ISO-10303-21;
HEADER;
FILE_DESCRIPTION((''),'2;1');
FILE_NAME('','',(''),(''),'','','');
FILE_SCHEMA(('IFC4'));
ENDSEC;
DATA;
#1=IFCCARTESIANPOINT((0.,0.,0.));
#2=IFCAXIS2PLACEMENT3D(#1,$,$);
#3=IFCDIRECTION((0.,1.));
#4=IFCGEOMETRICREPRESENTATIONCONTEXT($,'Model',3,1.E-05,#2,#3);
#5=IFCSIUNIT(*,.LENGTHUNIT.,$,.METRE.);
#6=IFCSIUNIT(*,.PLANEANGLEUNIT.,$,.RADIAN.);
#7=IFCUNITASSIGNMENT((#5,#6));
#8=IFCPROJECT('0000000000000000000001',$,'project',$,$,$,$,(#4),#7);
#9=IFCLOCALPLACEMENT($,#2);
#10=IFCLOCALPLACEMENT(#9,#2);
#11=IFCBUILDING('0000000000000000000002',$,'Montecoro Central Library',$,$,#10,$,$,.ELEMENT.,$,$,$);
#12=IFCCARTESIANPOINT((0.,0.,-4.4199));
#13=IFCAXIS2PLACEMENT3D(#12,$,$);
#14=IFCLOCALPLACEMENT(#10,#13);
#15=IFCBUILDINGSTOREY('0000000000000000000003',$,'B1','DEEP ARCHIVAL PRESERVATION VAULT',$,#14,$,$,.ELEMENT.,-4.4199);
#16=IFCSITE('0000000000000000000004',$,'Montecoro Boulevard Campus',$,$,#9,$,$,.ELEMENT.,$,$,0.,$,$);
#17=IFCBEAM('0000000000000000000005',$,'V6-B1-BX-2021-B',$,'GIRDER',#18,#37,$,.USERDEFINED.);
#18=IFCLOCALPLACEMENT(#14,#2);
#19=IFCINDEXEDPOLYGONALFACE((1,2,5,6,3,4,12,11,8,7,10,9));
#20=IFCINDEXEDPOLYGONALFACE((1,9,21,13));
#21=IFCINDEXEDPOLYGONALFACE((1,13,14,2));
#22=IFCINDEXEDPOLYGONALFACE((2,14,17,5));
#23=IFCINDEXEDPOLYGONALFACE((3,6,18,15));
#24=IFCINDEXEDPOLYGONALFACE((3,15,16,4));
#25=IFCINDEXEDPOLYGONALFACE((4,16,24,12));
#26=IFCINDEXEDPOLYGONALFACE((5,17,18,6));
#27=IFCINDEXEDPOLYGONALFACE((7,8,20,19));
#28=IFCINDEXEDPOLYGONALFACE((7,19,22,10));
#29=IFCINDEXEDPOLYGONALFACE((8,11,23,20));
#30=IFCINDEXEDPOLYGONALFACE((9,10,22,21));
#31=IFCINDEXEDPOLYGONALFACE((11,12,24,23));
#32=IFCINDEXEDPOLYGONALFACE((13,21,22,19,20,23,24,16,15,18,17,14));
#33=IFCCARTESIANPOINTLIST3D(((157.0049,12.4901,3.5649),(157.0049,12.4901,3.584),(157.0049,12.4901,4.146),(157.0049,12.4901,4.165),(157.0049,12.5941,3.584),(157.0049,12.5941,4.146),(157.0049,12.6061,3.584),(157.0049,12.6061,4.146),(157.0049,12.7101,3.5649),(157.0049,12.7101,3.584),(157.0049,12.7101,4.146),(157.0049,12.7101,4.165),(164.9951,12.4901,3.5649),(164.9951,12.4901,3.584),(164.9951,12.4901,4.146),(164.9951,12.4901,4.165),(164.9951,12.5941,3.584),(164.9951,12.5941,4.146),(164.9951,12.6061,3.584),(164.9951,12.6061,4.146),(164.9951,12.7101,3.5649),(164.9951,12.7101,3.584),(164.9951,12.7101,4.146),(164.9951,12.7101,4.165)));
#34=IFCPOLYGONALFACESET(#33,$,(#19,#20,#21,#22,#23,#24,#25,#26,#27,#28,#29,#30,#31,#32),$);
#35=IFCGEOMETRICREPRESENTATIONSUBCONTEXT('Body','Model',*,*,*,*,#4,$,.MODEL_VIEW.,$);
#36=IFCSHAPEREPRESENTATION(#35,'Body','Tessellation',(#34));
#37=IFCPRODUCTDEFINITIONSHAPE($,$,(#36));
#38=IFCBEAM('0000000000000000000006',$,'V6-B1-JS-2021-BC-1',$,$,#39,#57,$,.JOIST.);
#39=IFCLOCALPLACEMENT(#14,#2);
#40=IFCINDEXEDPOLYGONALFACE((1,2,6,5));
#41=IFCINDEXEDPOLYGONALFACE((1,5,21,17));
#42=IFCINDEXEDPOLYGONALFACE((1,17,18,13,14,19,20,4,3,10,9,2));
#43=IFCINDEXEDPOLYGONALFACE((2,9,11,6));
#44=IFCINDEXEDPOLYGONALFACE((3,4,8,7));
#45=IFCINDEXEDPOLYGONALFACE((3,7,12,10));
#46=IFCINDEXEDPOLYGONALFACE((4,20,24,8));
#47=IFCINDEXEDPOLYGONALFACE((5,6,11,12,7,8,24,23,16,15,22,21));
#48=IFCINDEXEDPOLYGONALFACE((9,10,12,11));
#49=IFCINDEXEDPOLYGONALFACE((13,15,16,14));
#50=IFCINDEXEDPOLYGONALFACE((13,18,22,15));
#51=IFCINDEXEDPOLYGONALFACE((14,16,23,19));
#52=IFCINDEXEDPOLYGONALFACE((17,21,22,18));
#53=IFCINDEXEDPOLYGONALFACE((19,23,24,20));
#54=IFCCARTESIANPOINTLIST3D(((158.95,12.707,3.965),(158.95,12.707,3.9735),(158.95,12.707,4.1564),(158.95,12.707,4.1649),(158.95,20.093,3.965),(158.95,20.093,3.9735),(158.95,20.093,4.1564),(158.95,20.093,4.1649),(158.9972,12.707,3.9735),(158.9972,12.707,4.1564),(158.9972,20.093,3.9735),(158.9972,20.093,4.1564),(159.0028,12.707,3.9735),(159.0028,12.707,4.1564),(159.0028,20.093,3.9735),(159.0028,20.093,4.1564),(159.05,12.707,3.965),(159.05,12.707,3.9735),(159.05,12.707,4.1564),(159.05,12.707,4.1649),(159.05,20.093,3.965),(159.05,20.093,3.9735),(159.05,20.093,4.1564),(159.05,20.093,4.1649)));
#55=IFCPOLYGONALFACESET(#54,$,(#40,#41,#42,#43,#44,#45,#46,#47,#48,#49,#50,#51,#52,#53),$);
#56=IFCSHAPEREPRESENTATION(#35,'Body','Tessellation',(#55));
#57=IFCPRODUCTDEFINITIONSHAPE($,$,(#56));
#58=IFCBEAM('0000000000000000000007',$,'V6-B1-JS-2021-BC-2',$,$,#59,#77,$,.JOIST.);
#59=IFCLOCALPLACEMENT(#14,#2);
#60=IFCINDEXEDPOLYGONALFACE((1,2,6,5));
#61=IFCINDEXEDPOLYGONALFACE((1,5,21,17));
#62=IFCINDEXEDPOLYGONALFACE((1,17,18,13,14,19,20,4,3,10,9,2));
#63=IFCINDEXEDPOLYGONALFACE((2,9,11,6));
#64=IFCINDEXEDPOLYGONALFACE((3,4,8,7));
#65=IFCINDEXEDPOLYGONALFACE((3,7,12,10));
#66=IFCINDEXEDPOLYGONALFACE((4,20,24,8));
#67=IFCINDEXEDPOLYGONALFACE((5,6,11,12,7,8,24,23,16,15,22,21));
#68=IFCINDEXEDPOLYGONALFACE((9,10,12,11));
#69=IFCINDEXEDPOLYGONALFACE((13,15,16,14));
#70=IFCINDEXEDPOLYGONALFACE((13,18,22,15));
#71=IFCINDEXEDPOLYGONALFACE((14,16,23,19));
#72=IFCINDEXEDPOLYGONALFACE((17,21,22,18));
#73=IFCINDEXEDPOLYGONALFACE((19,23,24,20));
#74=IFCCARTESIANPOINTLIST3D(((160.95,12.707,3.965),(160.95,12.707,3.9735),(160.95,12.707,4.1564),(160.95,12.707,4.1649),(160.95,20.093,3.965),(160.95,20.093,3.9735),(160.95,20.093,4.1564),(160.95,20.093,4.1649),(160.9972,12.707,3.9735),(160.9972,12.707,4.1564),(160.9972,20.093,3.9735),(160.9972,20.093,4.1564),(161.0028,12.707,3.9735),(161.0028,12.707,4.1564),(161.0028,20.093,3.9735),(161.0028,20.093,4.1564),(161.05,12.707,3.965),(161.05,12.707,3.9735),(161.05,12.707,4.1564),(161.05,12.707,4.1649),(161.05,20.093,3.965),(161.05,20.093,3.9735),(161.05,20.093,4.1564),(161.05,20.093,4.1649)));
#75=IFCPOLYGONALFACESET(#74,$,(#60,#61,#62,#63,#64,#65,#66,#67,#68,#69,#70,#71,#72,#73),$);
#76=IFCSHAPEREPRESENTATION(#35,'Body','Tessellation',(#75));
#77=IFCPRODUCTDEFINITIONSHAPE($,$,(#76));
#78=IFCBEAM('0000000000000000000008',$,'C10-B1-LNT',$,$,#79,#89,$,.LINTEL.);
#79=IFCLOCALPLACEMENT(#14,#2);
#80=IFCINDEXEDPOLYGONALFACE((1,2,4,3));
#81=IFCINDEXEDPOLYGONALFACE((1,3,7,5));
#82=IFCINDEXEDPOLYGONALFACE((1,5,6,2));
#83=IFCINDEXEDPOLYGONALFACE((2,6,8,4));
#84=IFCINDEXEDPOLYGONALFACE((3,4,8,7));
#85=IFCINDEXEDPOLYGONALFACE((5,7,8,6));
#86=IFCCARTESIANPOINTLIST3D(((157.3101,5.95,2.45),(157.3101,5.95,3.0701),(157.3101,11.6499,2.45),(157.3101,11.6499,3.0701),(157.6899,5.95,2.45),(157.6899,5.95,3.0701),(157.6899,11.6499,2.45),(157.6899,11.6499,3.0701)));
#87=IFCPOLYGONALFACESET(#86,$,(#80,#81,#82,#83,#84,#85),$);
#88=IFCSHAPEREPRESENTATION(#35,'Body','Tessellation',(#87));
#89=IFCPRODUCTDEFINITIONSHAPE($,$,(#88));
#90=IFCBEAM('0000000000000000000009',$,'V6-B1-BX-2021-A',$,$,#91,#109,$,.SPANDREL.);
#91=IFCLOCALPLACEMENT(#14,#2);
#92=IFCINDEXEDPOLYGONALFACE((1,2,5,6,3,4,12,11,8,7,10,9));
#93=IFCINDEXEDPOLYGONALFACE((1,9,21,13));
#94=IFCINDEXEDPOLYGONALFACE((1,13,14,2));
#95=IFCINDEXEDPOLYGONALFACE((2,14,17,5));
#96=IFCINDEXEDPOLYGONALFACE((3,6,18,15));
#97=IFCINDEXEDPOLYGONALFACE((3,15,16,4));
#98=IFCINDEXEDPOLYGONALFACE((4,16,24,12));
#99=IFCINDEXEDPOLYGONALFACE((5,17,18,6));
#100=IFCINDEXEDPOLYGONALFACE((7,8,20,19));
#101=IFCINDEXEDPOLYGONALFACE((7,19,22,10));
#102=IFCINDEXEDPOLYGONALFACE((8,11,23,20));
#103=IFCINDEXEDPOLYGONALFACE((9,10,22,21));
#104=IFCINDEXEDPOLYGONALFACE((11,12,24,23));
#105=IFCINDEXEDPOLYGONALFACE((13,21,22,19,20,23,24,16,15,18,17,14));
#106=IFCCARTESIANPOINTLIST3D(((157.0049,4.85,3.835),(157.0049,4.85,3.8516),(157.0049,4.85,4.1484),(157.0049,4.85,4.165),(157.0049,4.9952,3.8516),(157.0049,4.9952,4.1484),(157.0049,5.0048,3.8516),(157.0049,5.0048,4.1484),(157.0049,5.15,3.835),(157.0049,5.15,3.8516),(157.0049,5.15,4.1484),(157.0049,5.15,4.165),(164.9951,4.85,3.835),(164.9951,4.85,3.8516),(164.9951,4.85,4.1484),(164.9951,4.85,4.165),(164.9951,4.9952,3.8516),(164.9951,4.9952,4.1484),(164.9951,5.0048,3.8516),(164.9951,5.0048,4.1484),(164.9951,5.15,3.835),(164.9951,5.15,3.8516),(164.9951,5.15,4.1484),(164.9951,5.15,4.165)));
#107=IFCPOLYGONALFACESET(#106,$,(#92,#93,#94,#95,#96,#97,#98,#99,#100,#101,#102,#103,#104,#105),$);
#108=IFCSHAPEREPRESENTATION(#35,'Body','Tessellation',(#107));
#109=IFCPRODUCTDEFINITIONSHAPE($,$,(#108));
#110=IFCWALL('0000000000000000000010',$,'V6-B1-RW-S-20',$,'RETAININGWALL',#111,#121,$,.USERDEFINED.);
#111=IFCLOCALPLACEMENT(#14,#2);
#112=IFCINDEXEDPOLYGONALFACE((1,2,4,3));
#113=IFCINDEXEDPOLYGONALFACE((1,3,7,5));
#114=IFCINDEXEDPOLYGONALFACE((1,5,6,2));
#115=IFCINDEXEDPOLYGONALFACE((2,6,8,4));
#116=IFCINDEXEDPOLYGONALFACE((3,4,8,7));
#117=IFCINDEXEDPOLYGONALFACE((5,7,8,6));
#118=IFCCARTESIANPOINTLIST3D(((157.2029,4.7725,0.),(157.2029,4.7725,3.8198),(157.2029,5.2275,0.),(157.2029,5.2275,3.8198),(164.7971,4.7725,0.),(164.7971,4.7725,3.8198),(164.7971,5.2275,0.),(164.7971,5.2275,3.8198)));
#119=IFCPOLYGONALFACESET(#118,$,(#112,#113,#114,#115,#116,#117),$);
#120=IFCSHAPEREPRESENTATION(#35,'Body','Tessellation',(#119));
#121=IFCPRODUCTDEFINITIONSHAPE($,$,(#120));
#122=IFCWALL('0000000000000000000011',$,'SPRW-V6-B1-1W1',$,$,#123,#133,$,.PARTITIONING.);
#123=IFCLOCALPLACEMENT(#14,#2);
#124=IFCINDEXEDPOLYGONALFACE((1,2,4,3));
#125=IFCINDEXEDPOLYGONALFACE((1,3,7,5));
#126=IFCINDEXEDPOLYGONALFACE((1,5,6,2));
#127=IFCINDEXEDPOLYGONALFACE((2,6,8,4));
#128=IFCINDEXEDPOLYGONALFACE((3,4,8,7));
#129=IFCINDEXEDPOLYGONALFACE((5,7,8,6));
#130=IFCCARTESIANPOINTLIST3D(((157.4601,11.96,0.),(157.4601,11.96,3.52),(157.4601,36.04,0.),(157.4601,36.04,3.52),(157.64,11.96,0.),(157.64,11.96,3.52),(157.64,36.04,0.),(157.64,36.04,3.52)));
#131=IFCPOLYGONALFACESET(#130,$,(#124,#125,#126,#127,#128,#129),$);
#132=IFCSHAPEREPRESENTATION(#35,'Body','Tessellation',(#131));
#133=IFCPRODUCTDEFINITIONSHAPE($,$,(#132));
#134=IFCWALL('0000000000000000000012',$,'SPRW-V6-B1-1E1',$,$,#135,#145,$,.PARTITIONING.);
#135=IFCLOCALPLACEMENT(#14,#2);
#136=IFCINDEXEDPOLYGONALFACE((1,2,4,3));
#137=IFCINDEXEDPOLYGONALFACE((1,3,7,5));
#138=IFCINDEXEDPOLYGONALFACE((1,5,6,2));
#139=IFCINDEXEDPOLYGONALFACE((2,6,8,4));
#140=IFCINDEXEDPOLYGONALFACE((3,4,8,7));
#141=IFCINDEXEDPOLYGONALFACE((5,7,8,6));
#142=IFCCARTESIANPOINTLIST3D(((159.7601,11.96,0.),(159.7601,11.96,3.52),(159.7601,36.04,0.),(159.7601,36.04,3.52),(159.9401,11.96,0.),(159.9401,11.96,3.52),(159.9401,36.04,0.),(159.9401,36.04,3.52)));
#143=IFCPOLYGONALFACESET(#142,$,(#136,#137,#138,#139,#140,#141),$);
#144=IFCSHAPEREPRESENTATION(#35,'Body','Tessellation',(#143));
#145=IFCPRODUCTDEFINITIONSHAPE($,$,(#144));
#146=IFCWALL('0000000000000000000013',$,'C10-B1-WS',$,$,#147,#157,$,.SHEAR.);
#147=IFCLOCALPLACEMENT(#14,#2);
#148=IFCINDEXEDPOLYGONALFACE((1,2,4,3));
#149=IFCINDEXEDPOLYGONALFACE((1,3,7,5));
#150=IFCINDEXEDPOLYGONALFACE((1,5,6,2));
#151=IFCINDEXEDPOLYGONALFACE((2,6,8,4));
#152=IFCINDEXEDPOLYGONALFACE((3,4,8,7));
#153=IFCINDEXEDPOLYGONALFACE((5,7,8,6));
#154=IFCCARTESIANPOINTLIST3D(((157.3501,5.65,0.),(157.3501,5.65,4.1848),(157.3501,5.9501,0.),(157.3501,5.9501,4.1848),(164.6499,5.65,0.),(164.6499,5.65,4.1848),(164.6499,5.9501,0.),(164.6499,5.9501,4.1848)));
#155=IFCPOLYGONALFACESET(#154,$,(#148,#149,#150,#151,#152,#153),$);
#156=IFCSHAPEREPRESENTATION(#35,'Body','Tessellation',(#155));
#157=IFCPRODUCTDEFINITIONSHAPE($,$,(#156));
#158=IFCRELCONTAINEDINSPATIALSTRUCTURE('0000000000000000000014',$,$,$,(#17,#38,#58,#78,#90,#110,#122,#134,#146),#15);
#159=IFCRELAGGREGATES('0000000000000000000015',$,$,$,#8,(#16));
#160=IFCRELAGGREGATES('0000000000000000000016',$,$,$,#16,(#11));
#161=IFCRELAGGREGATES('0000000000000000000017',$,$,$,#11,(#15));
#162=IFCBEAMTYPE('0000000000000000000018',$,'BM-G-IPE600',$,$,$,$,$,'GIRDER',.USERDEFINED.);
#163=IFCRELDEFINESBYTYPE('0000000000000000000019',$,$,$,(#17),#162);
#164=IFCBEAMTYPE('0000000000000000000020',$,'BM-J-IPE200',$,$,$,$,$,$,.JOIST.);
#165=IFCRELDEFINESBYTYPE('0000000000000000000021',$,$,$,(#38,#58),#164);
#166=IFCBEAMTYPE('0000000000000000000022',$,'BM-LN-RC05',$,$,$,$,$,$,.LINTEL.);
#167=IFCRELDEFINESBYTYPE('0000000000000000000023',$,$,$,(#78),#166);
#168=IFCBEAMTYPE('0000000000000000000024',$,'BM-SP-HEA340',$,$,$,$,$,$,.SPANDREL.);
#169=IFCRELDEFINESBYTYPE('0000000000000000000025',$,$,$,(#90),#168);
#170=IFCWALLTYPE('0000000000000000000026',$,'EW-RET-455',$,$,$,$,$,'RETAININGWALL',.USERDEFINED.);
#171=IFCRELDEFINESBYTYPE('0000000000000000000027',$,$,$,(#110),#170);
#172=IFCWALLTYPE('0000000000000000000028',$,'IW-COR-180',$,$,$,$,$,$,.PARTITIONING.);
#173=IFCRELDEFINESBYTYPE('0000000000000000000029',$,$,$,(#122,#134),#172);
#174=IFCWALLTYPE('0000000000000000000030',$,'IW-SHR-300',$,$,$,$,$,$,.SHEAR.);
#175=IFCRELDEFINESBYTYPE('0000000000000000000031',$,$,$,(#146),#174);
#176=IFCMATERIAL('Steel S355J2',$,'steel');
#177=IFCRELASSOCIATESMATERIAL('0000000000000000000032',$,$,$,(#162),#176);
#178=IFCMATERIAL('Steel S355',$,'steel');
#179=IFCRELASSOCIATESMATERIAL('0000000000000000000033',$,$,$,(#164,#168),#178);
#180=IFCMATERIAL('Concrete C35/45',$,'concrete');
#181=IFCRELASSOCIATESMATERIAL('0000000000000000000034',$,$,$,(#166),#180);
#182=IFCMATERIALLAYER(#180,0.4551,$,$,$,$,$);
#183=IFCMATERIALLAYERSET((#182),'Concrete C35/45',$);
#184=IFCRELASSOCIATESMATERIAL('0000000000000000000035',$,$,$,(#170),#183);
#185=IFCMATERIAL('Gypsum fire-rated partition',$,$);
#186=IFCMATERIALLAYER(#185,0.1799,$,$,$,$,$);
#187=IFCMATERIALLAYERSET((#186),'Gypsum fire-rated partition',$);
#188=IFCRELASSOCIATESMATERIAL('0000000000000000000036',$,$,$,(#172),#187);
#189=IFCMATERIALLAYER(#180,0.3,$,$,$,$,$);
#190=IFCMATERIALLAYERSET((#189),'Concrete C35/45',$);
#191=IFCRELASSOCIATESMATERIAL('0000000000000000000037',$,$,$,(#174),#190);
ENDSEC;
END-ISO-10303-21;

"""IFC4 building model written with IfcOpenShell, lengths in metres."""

from ifc_helpers import new_model, si_unit, direction, frame, frame_2d, origin, origin_2d, place, context, subcontext, project, spatial, rectangle, i_section, extrude, material, layer, layer_set, material_profile, profile_set, type_object, element, save


model = new_model("IFC4")

# Units and contexts
model_context = context("Model", 3, precision=1e-05, world=origin(), true_north=direction((0.0, 1.0)))
body_context = subcontext(model_context, "Body", "Model", "MODEL_VIEW")
ifc_project = project(units=[si_unit("LENGTHUNIT", "METRE"), si_unit("PLANEANGLEUNIT", "RADIAN")], contexts=[model_context])

# Site, building, storey
site_placement = place(None, origin())
site = spatial("IfcSite", under=ifc_project, at=site_placement, Name="Montecoro Boulevard Campus", CompositionType="ELEMENT", RefElevation=0.0)
building_placement = place(site_placement, origin())
building = spatial("IfcBuilding", under=site, at=building_placement, Name="Montecoro Central Library", CompositionType="ELEMENT")
storey_placement = place(building_placement, frame((0.0, 0.0, -4.4199)))
storey = spatial("IfcBuildingStorey", under=building, at=storey_placement, Name="B1", Description="DEEP ARCHIVAL PRESERVATION VAULT", CompositionType="ELEMENT", Elevation=-4.4199)

# Shared definitions
ifc_material_1 = material(Name="Concrete C35/45", Category="concrete")

# Shared definitions
ifc_material_2 = material(Name="Steel S355J2", Category="steel")

# Beams
ifc_material_profile_1 = material_profile(ifc_material_2, i_section(OverallWidth=0.22, OverallDepth=0.6001, WebThickness=0.012, FlangeThickness=0.019, at=origin_2d()), Name="IPE 600")
ifc_profile_set_1 = profile_set([ifc_material_profile_1], Name="Steel S355J2")
beam_type_1 = type_object("IfcBeamType", Name="BM-G-IPE600", ElementType="GIRDER", PredefinedType="USERDEFINED", material=ifc_profile_set_1)
beam_1_placement = place(storey_placement, frame((157.0049, 12.6001, 3.865), z_axis=(1.0, 0.0, 0.0), x_axis=(0.0, 1.0, 0.0)))
element("IfcBeam", 1, at=beam_1_placement, inside=storey, type_object=beam_type_1, Name="V6-B1-BX-2021-B", ObjectType="GIRDER", PredefinedType="USERDEFINED", context=body_context, shape_type="SweptSolid", body=[
    extrude(i_section(OverallWidth=0.22, OverallDepth=0.6001, WebThickness=0.012, FlangeThickness=0.019, at=origin_2d()), origin(), (0.0, 0.0, 1.0), 7.9902),
])
ifc_material_3 = material(Name="Steel S355", Category="steel")
ifc_material_profile_2 = material_profile(ifc_material_3, i_section(OverallWidth=0.1001, OverallDepth=0.2, WebThickness=0.0056, FlangeThickness=0.0085, at=origin_2d()), Name="IPE 200")
ifc_profile_set_2 = profile_set([ifc_material_profile_2], Name="Steel S355")
beam_type_2 = type_object("IfcBeamType", Name="BM-J-IPE200", PredefinedType="JOIST", material=ifc_profile_set_2)
for number, where, z_axis, x_axis, name in (
    (2, (159.0, 12.707, 4.0649), (0.0, 1.0, 0.0), (-1.0, 0.0, 0.0), "V6-B1-JS-2021-BC-1"),
    (3, (161.0, 12.707, 4.0649), (0.0, 1.0, 0.0), (-1.0, 0.0, 0.0), "V6-B1-JS-2021-BC-2"),
):
    element("IfcBeam", number, at=place(storey_placement, frame(where, z_axis=z_axis, x_axis=x_axis)), inside=storey, type_object=beam_type_2, Name=name, PredefinedType="JOIST", context=body_context, shape_type="SweptSolid", body=[
        extrude(i_section(OverallWidth=0.1001, OverallDepth=0.2, WebThickness=0.0056, FlangeThickness=0.0085, at=origin_2d()), origin(), (0.0, 0.0, 1.0), 7.386),
    ])
ifc_material_profile_3 = material_profile(ifc_material_1, rectangle(XDim=0.3799, YDim=0.6201, at=origin_2d()), Name="RC LNT 620x380")
ifc_profile_set_3 = profile_set([ifc_material_profile_3], Name="Concrete C35/45")
beam_type_3 = type_object("IfcBeamType", Name="BM-LN-RC05", PredefinedType="LINTEL", material=ifc_profile_set_3)
beam_2_placement = place(storey_placement, frame((157.5, 5.95, 2.76), z_axis=(0.0, 1.0, 0.0), x_axis=(-1.0, 0.0, 0.0)))
element("IfcBeam", 4, at=beam_2_placement, inside=storey, type_object=beam_type_3, Name="C10-B1-LNT", PredefinedType="LINTEL", context=body_context, shape_type="SweptSolid", body=[
    extrude(rectangle(XDim=0.3799, YDim=0.6201, at=origin_2d()), origin(), (0.0, 0.0, 1.0), 5.7),
])
ifc_material_profile_4 = material_profile(ifc_material_3, i_section(OverallWidth=0.3, OverallDepth=0.3301, WebThickness=0.0095, FlangeThickness=0.0166, at=origin_2d()), Name="HEA 340")
ifc_profile_set_4 = profile_set([ifc_material_profile_4], Name="Steel S355")
beam_type_4 = type_object("IfcBeamType", Name="BM-SP-HEA340", PredefinedType="SPANDREL", material=ifc_profile_set_4)
beam_3_placement = place(storey_placement, frame((157.0049, 5.0, 4.0), z_axis=(1.0, 0.0, 0.0), x_axis=(0.0, 1.0, 0.0)))
element("IfcBeam", 5, at=beam_3_placement, inside=storey, type_object=beam_type_4, Name="V6-B1-BX-2021-A", PredefinedType="SPANDREL", context=body_context, shape_type="SweptSolid", body=[
    extrude(i_section(OverallWidth=0.3, OverallDepth=0.3301, WebThickness=0.0095, FlangeThickness=0.0166, at=origin_2d()), origin(), (0.0, 0.0, 1.0), 7.9902),
])

# Walls
ifc_layer_1 = layer(ifc_material_1, 0.4551)
ifc_layer_set_1 = layer_set([ifc_layer_1], Name="Concrete C35/45")
wall_type_1 = type_object("IfcWallType", Name="EW-RET-455", ElementType="RETAININGWALL", PredefinedType="USERDEFINED", material=ifc_layer_set_1)
wall_1_placement = place(storey_placement, frame((157.2029, 5.0, 0.0), z_axis=(0.0, 0.0, 1.0), x_axis=(1.0, 0.0, 0.0)))
element("IfcWall", 6, at=wall_1_placement, inside=storey, type_object=wall_type_1, Name="V6-B1-RW-S-20", ObjectType="RETAININGWALL", PredefinedType="USERDEFINED", context=body_context, shape_type="SweptSolid", body=[
    extrude(rectangle(XDim=7.5942, YDim=0.4551, at=frame_2d((3.7971, 0.0))), origin(), (0.0, 0.0, 1.0), 3.8198),
])
ifc_material_4 = material(Name="Gypsum fire-rated partition")
ifc_layer_2 = layer(ifc_material_4, 0.1799)
ifc_layer_set_2 = layer_set([ifc_layer_2], Name="Gypsum fire-rated partition")
wall_type_2 = type_object("IfcWallType", Name="IW-COR-180", PredefinedType="PARTITIONING", material=ifc_layer_set_2)
for number, where, z_axis, x_axis, name in (
    (7, (157.55, 11.96, 0.0), (0.0, 0.0, 1.0), (0.0, 1.0, 0.0), "SPRW-V6-B1-1W1"),
    (8, (159.8501, 11.96, 0.0), (0.0, 0.0, 1.0), (0.0, 1.0, 0.0), "SPRW-V6-B1-1E1"),
):
    element("IfcWall", number, at=place(storey_placement, frame(where, z_axis=z_axis, x_axis=x_axis)), inside=storey, type_object=wall_type_2, Name=name, PredefinedType="PARTITIONING", context=body_context, shape_type="SweptSolid", body=[
        extrude(rectangle(XDim=24.0801, YDim=0.1799, at=frame_2d((12.04, 0.0))), origin(), (0.0, 0.0, 1.0), 3.52),
    ])
ifc_layer_3 = layer(ifc_material_1, 0.3)
ifc_layer_set_3 = layer_set([ifc_layer_3], Name="Concrete C35/45")
wall_type_3 = type_object("IfcWallType", Name="IW-SHR-300", PredefinedType="SHEAR", material=ifc_layer_set_3)
wall_2_placement = place(storey_placement, frame((157.3501, 5.8, 0.0), z_axis=(0.0, 0.0, 1.0), x_axis=(1.0, 0.0, 0.0)))
element("IfcWall", 9, at=wall_2_placement, inside=storey, type_object=wall_type_3, Name="C10-B1-WS", PredefinedType="SHEAR", context=body_context, shape_type="SweptSolid", body=[
    extrude(rectangle(XDim=7.2998, YDim=0.3, at=frame_2d((3.6499, 0.0))), origin(), (0.0, 0.0, 1.0), 4.1848),
])

save(model, "model.ifc")
